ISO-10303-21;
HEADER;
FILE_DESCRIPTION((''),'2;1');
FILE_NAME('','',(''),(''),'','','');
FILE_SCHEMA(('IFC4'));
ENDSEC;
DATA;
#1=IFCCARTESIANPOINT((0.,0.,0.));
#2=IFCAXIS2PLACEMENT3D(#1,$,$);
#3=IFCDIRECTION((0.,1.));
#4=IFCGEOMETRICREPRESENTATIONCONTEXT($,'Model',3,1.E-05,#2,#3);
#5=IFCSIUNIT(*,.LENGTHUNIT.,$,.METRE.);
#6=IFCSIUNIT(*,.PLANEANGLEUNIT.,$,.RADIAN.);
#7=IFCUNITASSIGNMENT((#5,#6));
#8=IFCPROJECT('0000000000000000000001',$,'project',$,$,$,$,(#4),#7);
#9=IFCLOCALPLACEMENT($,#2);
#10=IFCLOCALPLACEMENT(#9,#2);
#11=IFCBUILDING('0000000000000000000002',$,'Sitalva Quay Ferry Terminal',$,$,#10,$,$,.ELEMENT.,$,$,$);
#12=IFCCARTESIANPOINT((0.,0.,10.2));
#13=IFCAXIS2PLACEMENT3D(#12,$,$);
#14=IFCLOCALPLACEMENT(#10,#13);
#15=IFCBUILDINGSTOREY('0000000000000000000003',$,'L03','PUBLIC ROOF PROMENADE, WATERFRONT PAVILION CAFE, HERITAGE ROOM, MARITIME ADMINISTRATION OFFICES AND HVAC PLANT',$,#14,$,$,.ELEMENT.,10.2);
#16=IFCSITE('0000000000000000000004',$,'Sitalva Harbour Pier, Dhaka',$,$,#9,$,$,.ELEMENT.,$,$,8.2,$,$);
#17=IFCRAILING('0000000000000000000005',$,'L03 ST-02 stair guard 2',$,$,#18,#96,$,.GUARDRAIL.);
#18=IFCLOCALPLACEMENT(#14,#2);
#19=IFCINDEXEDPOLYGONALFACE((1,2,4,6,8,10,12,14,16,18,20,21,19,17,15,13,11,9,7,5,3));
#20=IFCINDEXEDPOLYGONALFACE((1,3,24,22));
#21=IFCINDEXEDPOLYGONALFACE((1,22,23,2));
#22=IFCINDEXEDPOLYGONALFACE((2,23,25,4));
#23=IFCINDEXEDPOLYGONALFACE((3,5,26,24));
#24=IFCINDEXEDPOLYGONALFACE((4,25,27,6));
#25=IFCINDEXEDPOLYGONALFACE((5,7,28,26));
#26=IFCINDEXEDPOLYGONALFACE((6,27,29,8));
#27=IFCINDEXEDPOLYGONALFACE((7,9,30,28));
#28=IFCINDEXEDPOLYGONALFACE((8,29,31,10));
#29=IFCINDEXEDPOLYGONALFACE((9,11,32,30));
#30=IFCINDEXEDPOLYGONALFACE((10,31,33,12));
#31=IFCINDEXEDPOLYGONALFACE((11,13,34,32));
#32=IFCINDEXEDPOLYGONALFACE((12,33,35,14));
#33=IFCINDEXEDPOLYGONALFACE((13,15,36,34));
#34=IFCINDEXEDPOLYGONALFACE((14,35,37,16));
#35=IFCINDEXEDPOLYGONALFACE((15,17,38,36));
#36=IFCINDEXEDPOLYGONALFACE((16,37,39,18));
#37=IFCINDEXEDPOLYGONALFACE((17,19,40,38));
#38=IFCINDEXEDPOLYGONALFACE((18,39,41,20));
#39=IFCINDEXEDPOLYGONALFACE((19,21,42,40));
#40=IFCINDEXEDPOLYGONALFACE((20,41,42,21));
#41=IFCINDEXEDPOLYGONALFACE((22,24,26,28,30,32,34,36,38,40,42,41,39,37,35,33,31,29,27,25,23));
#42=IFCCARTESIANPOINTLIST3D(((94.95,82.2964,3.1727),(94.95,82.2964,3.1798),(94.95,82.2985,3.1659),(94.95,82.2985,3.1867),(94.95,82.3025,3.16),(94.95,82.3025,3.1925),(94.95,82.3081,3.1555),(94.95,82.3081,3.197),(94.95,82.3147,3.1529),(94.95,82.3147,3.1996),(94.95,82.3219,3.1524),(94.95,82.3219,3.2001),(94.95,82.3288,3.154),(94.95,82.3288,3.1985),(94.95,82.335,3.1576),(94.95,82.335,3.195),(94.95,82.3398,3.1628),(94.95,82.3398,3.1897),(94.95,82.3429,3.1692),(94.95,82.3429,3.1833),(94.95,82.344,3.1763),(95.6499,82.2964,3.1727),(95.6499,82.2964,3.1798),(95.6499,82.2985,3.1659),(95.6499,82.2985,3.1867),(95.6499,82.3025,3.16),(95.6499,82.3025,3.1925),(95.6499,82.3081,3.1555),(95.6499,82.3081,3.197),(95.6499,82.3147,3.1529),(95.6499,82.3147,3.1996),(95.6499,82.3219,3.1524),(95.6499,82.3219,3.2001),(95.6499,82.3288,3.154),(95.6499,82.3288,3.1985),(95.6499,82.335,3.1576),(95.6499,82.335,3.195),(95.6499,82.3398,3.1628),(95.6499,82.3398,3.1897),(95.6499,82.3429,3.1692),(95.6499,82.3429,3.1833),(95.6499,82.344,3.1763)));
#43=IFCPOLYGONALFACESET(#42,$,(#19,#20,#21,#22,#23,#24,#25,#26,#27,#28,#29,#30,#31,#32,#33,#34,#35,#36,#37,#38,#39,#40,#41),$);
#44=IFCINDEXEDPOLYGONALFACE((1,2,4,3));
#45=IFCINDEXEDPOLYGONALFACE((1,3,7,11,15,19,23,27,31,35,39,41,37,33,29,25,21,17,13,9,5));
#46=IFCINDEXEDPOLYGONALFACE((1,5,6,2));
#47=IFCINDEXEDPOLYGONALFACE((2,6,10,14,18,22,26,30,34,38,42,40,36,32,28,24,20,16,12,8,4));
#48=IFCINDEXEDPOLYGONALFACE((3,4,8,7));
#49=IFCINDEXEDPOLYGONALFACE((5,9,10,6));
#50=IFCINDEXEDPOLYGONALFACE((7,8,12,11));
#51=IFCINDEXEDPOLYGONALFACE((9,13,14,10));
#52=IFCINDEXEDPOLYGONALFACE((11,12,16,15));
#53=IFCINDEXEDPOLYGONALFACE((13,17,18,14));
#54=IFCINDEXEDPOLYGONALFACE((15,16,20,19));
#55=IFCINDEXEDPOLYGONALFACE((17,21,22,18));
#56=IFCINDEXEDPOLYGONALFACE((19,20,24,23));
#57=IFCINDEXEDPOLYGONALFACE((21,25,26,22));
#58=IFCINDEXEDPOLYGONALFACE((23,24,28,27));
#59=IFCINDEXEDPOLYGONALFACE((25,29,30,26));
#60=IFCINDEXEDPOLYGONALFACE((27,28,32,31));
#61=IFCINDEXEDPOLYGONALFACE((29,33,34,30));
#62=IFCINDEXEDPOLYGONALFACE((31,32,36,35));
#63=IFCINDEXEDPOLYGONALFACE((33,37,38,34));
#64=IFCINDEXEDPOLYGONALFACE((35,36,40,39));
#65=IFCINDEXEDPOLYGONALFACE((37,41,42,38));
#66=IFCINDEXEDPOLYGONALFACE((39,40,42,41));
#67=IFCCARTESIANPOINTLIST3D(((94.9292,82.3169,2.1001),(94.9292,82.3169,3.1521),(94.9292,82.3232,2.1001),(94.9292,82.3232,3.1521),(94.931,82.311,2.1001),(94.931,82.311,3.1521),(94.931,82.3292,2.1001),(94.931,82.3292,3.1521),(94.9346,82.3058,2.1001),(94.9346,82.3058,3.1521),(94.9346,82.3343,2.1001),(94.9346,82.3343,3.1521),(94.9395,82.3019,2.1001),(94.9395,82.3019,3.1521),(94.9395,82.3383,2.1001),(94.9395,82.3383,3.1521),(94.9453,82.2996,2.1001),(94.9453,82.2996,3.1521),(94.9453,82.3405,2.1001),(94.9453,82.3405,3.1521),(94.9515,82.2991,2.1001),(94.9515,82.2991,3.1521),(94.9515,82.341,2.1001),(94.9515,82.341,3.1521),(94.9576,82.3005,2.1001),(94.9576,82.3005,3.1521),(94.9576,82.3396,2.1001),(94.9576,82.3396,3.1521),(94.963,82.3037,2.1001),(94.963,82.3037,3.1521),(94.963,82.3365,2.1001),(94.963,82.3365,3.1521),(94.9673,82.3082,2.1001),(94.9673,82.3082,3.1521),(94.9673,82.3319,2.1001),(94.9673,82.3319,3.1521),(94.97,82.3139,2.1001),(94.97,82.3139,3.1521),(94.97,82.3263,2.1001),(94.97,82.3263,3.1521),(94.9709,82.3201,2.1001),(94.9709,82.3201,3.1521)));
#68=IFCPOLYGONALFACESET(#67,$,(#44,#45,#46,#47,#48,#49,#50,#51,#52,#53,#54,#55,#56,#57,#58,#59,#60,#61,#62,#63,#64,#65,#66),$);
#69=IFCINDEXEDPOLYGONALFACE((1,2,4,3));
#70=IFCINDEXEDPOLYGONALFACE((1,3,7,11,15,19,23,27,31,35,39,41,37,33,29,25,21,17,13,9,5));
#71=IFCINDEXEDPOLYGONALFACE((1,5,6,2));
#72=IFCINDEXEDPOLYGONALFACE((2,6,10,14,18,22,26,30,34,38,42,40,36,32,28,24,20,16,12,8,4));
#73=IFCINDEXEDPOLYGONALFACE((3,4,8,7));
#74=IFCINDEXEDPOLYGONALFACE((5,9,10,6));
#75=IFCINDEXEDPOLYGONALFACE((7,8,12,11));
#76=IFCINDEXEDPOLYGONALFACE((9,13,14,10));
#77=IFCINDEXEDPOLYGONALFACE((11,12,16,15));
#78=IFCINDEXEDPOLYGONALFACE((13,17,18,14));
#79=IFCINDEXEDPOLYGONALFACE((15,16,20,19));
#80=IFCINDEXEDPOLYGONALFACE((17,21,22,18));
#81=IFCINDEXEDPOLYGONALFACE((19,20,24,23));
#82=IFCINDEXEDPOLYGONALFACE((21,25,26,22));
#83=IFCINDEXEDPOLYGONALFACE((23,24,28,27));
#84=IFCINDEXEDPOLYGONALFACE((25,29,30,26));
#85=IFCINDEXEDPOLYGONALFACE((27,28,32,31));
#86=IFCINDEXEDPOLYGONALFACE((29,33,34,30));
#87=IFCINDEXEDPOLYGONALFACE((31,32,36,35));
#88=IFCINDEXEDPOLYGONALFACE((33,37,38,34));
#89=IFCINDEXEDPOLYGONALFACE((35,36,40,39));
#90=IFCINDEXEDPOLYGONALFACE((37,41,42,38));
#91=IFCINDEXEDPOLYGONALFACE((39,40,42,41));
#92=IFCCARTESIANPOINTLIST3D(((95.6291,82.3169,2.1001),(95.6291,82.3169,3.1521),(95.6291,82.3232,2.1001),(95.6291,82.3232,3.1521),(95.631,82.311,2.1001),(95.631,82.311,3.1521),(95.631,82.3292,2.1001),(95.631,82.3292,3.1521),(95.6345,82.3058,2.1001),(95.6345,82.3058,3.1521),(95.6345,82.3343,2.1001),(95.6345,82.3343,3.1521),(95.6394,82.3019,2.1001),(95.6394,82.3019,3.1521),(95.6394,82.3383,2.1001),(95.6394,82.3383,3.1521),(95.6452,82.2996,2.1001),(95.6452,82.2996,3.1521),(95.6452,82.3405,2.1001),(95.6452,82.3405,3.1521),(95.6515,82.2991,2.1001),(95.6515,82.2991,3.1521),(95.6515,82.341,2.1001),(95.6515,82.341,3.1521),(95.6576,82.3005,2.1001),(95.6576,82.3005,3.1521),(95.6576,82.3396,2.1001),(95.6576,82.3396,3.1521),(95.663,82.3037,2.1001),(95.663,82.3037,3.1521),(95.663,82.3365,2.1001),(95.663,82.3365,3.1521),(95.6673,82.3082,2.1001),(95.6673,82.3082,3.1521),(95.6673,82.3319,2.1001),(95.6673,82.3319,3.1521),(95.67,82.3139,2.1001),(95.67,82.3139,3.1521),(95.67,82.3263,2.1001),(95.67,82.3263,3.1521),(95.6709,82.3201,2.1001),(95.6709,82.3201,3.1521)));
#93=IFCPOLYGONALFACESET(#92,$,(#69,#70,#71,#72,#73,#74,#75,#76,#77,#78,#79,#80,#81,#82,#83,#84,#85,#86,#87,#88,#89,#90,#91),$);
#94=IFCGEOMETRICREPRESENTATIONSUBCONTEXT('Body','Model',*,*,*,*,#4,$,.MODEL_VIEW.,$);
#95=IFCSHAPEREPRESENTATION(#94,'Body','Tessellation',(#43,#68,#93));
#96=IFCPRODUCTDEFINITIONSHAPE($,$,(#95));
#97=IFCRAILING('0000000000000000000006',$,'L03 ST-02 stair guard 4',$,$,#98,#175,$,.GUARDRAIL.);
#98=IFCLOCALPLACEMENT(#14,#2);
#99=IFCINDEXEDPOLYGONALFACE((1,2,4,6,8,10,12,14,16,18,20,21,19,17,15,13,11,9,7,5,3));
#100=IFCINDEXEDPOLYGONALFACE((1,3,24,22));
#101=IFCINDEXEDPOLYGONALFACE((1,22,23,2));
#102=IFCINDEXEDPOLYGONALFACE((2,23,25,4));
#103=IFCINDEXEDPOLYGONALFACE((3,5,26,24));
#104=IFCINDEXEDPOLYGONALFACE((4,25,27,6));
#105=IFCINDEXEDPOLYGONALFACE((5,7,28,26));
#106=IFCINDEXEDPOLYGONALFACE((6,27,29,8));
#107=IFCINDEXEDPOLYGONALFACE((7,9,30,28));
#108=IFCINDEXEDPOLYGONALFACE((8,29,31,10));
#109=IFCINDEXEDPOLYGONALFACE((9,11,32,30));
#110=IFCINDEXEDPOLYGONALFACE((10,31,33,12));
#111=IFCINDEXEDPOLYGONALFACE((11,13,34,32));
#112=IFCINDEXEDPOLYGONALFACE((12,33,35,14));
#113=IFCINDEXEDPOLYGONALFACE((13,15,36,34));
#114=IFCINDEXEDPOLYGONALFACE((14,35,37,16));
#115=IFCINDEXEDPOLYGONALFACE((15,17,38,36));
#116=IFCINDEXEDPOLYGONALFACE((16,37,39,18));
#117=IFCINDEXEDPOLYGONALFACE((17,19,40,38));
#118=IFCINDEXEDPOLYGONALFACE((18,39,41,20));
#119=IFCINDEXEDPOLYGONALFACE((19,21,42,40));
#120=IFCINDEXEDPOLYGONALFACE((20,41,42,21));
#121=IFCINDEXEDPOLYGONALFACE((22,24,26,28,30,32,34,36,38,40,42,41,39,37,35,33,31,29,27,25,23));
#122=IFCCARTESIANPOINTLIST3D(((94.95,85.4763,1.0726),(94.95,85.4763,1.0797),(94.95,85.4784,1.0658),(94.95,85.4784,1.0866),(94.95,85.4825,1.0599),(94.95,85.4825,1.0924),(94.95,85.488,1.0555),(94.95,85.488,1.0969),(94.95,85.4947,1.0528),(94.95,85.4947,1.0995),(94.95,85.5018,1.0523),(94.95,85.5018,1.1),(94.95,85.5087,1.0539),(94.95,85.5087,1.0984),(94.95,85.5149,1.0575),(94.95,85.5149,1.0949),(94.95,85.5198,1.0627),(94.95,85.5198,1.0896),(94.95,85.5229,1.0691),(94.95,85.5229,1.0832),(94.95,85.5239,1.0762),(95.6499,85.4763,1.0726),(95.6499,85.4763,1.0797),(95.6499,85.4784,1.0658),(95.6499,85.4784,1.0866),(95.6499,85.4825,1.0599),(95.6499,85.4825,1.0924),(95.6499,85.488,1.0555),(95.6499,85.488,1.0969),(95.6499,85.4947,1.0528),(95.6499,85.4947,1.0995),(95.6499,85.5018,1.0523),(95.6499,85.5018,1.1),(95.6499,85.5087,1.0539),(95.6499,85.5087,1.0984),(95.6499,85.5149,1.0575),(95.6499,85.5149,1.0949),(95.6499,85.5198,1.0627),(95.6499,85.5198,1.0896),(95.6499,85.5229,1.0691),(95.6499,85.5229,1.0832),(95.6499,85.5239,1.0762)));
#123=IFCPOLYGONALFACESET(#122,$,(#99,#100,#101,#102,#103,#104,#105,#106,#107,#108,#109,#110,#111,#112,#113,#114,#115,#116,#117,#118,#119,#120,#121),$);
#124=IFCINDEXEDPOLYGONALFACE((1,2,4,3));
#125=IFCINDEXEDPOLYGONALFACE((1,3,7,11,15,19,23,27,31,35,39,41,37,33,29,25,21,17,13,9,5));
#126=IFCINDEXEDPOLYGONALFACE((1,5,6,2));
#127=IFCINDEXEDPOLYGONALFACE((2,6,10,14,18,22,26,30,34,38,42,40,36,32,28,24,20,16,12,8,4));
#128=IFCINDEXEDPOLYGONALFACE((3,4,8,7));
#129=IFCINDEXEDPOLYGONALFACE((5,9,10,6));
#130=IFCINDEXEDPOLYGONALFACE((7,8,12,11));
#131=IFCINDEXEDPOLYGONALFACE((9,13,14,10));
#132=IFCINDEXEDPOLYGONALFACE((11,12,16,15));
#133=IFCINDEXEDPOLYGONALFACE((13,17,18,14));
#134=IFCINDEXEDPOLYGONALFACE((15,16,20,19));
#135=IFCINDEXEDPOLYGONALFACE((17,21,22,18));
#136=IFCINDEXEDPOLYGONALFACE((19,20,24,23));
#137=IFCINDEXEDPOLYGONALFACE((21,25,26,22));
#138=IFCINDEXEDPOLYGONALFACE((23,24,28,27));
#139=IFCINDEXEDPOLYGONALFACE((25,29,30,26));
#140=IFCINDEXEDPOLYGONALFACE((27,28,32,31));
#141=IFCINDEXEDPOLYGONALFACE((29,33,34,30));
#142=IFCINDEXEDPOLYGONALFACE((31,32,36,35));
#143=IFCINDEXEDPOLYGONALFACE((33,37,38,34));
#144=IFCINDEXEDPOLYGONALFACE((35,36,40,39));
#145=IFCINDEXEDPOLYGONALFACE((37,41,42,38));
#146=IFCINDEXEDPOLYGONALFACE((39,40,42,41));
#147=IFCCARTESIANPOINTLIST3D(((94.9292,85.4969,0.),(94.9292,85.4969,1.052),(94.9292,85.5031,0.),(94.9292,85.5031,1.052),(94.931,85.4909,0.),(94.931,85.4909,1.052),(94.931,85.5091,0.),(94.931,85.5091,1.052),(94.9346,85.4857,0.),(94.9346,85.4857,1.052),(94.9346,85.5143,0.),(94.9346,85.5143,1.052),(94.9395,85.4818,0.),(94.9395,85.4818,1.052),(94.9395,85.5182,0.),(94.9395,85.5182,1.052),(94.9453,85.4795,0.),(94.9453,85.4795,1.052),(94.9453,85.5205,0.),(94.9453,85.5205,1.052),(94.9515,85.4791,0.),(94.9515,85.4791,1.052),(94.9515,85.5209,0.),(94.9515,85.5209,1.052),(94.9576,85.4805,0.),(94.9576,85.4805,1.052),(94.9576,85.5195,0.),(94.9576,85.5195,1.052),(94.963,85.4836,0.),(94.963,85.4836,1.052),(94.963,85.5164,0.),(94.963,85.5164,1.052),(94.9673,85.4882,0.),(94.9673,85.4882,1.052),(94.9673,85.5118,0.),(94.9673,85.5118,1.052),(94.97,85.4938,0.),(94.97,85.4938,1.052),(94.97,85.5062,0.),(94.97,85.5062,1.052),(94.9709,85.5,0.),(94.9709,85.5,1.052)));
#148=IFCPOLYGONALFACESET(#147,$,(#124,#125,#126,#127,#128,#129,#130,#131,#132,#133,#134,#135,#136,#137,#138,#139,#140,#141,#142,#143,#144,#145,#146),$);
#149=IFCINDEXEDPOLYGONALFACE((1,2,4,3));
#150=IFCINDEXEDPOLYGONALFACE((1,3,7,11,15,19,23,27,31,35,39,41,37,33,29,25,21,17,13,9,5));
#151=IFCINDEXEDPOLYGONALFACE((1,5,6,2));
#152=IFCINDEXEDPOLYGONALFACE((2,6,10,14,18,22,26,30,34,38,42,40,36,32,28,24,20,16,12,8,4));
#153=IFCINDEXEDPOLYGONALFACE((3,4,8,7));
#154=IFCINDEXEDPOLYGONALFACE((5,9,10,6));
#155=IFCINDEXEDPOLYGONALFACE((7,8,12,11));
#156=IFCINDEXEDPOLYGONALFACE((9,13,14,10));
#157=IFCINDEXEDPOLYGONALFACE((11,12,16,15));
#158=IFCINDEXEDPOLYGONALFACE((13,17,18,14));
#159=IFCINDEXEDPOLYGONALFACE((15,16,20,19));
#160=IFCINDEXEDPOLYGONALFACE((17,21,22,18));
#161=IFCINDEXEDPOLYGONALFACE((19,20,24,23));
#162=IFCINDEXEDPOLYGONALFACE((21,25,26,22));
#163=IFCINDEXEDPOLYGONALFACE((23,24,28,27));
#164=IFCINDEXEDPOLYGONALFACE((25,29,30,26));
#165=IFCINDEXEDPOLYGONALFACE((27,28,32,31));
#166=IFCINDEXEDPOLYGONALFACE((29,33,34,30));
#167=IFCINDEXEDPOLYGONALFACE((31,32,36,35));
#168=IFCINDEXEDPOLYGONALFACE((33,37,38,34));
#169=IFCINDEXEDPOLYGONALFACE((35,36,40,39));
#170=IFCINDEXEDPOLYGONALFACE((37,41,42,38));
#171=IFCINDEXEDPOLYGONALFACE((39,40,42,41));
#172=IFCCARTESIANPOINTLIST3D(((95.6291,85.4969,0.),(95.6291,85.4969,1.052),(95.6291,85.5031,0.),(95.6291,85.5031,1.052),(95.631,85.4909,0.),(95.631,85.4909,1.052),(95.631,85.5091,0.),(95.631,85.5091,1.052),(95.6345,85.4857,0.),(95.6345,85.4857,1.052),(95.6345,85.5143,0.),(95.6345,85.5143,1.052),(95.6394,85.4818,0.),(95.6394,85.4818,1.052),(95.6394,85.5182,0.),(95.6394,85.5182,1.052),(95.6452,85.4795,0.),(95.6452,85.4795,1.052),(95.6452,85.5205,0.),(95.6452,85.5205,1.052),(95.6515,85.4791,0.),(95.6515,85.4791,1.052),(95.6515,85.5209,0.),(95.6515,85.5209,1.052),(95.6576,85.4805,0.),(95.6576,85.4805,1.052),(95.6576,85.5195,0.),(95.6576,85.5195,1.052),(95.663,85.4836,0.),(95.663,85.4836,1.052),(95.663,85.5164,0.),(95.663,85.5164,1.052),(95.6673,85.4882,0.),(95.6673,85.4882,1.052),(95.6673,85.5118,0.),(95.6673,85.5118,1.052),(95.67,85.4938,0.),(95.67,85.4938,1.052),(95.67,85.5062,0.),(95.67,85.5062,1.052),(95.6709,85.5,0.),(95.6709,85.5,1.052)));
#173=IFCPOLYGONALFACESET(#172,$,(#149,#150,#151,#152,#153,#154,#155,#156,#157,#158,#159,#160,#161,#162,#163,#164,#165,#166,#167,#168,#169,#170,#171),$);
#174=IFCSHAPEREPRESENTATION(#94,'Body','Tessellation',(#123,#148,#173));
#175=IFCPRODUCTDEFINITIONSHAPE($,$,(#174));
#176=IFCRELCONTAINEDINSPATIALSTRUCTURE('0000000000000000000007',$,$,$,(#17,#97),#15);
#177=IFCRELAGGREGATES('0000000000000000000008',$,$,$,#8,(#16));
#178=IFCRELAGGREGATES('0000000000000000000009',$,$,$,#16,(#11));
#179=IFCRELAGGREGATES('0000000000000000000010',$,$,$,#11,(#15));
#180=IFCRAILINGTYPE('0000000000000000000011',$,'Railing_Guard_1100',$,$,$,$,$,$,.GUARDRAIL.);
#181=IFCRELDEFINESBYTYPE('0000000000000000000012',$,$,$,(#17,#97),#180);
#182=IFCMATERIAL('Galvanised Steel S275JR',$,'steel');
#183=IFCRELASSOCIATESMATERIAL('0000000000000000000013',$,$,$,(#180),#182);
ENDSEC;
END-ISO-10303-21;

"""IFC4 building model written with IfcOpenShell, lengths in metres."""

from ifc_helpers import new_model, si_unit, direction, frame, origin, origin_2d, place, context, subcontext, project, spatial, circle, extrude, material, type_object, element, save


model = new_model("IFC4")

# Units and contexts
model_context = context("Model", 3, precision=1e-05, world=origin(), true_north=direction((0.0, 1.0)))
body_context = subcontext(model_context, "Body", "Model", "MODEL_VIEW")
ifc_project = project(units=[si_unit("LENGTHUNIT", "METRE"), si_unit("PLANEANGLEUNIT", "RADIAN")], contexts=[model_context])

# Site, building, storey
site_placement = place(None, origin())
site = spatial("IfcSite", under=ifc_project, at=site_placement, Name="Sitalva Harbour Pier, Dhaka", CompositionType="ELEMENT", RefElevation=8.2)
building_placement = place(site_placement, origin())
building = spatial("IfcBuilding", under=site, at=building_placement, Name="Sitalva Quay Ferry Terminal", CompositionType="ELEMENT")
storey_placement = place(building_placement, frame((0.0, 0.0, 10.2)))
storey = spatial("IfcBuildingStorey", under=building, at=storey_placement, Name="L03", Description="PUBLIC ROOF PROMENADE, WATERFRONT PAVILION CAFE, HERITAGE ROOM, MARITIME ADMINISTRATION OFFICES AND HVAC PLANT", CompositionType="ELEMENT", Elevation=10.2)

# Railings
ifc_material_1 = material(Name="Galvanised Steel S275JR", Category="steel")
railing_type_1 = type_object("IfcRailingType", Name="Railing_Guard_1100", PredefinedType="GUARDRAIL", material=ifc_material_1)
for number, where, name in (
    (1, (94.95, 82.3201, 2.1001), "L03 ST-02 stair guard 2"),
    (2, (94.95, 85.5, 0.0), "L03 ST-02 stair guard 4"),
):
    element("IfcRailing", number, at=place(storey_placement, frame(where)), inside=storey, type_object=railing_type_1, Name=name, PredefinedType="GUARDRAIL", context=body_context, shape_type="SweptSolid", body=[
        extrude(circle(Radius=0.0239, at=origin_2d()), frame((0.0, 0.0, 1.0762), z_axis=(1.0, 0.0, 0.0), x_axis=(0.0, 1.0, 0.0)), (0.0, 0.0, 1.0), 0.7),
        extrude(circle(Radius=0.021, at=origin_2d()), origin(), (0.0, 0.0, 1.0), 1.052),
        extrude(circle(Radius=0.021, at=origin_2d()), frame((0.7, 0.0, 0.0)), (0.0, 0.0, 1.0), 1.052),
    ])

save(model, "model.ifc")
